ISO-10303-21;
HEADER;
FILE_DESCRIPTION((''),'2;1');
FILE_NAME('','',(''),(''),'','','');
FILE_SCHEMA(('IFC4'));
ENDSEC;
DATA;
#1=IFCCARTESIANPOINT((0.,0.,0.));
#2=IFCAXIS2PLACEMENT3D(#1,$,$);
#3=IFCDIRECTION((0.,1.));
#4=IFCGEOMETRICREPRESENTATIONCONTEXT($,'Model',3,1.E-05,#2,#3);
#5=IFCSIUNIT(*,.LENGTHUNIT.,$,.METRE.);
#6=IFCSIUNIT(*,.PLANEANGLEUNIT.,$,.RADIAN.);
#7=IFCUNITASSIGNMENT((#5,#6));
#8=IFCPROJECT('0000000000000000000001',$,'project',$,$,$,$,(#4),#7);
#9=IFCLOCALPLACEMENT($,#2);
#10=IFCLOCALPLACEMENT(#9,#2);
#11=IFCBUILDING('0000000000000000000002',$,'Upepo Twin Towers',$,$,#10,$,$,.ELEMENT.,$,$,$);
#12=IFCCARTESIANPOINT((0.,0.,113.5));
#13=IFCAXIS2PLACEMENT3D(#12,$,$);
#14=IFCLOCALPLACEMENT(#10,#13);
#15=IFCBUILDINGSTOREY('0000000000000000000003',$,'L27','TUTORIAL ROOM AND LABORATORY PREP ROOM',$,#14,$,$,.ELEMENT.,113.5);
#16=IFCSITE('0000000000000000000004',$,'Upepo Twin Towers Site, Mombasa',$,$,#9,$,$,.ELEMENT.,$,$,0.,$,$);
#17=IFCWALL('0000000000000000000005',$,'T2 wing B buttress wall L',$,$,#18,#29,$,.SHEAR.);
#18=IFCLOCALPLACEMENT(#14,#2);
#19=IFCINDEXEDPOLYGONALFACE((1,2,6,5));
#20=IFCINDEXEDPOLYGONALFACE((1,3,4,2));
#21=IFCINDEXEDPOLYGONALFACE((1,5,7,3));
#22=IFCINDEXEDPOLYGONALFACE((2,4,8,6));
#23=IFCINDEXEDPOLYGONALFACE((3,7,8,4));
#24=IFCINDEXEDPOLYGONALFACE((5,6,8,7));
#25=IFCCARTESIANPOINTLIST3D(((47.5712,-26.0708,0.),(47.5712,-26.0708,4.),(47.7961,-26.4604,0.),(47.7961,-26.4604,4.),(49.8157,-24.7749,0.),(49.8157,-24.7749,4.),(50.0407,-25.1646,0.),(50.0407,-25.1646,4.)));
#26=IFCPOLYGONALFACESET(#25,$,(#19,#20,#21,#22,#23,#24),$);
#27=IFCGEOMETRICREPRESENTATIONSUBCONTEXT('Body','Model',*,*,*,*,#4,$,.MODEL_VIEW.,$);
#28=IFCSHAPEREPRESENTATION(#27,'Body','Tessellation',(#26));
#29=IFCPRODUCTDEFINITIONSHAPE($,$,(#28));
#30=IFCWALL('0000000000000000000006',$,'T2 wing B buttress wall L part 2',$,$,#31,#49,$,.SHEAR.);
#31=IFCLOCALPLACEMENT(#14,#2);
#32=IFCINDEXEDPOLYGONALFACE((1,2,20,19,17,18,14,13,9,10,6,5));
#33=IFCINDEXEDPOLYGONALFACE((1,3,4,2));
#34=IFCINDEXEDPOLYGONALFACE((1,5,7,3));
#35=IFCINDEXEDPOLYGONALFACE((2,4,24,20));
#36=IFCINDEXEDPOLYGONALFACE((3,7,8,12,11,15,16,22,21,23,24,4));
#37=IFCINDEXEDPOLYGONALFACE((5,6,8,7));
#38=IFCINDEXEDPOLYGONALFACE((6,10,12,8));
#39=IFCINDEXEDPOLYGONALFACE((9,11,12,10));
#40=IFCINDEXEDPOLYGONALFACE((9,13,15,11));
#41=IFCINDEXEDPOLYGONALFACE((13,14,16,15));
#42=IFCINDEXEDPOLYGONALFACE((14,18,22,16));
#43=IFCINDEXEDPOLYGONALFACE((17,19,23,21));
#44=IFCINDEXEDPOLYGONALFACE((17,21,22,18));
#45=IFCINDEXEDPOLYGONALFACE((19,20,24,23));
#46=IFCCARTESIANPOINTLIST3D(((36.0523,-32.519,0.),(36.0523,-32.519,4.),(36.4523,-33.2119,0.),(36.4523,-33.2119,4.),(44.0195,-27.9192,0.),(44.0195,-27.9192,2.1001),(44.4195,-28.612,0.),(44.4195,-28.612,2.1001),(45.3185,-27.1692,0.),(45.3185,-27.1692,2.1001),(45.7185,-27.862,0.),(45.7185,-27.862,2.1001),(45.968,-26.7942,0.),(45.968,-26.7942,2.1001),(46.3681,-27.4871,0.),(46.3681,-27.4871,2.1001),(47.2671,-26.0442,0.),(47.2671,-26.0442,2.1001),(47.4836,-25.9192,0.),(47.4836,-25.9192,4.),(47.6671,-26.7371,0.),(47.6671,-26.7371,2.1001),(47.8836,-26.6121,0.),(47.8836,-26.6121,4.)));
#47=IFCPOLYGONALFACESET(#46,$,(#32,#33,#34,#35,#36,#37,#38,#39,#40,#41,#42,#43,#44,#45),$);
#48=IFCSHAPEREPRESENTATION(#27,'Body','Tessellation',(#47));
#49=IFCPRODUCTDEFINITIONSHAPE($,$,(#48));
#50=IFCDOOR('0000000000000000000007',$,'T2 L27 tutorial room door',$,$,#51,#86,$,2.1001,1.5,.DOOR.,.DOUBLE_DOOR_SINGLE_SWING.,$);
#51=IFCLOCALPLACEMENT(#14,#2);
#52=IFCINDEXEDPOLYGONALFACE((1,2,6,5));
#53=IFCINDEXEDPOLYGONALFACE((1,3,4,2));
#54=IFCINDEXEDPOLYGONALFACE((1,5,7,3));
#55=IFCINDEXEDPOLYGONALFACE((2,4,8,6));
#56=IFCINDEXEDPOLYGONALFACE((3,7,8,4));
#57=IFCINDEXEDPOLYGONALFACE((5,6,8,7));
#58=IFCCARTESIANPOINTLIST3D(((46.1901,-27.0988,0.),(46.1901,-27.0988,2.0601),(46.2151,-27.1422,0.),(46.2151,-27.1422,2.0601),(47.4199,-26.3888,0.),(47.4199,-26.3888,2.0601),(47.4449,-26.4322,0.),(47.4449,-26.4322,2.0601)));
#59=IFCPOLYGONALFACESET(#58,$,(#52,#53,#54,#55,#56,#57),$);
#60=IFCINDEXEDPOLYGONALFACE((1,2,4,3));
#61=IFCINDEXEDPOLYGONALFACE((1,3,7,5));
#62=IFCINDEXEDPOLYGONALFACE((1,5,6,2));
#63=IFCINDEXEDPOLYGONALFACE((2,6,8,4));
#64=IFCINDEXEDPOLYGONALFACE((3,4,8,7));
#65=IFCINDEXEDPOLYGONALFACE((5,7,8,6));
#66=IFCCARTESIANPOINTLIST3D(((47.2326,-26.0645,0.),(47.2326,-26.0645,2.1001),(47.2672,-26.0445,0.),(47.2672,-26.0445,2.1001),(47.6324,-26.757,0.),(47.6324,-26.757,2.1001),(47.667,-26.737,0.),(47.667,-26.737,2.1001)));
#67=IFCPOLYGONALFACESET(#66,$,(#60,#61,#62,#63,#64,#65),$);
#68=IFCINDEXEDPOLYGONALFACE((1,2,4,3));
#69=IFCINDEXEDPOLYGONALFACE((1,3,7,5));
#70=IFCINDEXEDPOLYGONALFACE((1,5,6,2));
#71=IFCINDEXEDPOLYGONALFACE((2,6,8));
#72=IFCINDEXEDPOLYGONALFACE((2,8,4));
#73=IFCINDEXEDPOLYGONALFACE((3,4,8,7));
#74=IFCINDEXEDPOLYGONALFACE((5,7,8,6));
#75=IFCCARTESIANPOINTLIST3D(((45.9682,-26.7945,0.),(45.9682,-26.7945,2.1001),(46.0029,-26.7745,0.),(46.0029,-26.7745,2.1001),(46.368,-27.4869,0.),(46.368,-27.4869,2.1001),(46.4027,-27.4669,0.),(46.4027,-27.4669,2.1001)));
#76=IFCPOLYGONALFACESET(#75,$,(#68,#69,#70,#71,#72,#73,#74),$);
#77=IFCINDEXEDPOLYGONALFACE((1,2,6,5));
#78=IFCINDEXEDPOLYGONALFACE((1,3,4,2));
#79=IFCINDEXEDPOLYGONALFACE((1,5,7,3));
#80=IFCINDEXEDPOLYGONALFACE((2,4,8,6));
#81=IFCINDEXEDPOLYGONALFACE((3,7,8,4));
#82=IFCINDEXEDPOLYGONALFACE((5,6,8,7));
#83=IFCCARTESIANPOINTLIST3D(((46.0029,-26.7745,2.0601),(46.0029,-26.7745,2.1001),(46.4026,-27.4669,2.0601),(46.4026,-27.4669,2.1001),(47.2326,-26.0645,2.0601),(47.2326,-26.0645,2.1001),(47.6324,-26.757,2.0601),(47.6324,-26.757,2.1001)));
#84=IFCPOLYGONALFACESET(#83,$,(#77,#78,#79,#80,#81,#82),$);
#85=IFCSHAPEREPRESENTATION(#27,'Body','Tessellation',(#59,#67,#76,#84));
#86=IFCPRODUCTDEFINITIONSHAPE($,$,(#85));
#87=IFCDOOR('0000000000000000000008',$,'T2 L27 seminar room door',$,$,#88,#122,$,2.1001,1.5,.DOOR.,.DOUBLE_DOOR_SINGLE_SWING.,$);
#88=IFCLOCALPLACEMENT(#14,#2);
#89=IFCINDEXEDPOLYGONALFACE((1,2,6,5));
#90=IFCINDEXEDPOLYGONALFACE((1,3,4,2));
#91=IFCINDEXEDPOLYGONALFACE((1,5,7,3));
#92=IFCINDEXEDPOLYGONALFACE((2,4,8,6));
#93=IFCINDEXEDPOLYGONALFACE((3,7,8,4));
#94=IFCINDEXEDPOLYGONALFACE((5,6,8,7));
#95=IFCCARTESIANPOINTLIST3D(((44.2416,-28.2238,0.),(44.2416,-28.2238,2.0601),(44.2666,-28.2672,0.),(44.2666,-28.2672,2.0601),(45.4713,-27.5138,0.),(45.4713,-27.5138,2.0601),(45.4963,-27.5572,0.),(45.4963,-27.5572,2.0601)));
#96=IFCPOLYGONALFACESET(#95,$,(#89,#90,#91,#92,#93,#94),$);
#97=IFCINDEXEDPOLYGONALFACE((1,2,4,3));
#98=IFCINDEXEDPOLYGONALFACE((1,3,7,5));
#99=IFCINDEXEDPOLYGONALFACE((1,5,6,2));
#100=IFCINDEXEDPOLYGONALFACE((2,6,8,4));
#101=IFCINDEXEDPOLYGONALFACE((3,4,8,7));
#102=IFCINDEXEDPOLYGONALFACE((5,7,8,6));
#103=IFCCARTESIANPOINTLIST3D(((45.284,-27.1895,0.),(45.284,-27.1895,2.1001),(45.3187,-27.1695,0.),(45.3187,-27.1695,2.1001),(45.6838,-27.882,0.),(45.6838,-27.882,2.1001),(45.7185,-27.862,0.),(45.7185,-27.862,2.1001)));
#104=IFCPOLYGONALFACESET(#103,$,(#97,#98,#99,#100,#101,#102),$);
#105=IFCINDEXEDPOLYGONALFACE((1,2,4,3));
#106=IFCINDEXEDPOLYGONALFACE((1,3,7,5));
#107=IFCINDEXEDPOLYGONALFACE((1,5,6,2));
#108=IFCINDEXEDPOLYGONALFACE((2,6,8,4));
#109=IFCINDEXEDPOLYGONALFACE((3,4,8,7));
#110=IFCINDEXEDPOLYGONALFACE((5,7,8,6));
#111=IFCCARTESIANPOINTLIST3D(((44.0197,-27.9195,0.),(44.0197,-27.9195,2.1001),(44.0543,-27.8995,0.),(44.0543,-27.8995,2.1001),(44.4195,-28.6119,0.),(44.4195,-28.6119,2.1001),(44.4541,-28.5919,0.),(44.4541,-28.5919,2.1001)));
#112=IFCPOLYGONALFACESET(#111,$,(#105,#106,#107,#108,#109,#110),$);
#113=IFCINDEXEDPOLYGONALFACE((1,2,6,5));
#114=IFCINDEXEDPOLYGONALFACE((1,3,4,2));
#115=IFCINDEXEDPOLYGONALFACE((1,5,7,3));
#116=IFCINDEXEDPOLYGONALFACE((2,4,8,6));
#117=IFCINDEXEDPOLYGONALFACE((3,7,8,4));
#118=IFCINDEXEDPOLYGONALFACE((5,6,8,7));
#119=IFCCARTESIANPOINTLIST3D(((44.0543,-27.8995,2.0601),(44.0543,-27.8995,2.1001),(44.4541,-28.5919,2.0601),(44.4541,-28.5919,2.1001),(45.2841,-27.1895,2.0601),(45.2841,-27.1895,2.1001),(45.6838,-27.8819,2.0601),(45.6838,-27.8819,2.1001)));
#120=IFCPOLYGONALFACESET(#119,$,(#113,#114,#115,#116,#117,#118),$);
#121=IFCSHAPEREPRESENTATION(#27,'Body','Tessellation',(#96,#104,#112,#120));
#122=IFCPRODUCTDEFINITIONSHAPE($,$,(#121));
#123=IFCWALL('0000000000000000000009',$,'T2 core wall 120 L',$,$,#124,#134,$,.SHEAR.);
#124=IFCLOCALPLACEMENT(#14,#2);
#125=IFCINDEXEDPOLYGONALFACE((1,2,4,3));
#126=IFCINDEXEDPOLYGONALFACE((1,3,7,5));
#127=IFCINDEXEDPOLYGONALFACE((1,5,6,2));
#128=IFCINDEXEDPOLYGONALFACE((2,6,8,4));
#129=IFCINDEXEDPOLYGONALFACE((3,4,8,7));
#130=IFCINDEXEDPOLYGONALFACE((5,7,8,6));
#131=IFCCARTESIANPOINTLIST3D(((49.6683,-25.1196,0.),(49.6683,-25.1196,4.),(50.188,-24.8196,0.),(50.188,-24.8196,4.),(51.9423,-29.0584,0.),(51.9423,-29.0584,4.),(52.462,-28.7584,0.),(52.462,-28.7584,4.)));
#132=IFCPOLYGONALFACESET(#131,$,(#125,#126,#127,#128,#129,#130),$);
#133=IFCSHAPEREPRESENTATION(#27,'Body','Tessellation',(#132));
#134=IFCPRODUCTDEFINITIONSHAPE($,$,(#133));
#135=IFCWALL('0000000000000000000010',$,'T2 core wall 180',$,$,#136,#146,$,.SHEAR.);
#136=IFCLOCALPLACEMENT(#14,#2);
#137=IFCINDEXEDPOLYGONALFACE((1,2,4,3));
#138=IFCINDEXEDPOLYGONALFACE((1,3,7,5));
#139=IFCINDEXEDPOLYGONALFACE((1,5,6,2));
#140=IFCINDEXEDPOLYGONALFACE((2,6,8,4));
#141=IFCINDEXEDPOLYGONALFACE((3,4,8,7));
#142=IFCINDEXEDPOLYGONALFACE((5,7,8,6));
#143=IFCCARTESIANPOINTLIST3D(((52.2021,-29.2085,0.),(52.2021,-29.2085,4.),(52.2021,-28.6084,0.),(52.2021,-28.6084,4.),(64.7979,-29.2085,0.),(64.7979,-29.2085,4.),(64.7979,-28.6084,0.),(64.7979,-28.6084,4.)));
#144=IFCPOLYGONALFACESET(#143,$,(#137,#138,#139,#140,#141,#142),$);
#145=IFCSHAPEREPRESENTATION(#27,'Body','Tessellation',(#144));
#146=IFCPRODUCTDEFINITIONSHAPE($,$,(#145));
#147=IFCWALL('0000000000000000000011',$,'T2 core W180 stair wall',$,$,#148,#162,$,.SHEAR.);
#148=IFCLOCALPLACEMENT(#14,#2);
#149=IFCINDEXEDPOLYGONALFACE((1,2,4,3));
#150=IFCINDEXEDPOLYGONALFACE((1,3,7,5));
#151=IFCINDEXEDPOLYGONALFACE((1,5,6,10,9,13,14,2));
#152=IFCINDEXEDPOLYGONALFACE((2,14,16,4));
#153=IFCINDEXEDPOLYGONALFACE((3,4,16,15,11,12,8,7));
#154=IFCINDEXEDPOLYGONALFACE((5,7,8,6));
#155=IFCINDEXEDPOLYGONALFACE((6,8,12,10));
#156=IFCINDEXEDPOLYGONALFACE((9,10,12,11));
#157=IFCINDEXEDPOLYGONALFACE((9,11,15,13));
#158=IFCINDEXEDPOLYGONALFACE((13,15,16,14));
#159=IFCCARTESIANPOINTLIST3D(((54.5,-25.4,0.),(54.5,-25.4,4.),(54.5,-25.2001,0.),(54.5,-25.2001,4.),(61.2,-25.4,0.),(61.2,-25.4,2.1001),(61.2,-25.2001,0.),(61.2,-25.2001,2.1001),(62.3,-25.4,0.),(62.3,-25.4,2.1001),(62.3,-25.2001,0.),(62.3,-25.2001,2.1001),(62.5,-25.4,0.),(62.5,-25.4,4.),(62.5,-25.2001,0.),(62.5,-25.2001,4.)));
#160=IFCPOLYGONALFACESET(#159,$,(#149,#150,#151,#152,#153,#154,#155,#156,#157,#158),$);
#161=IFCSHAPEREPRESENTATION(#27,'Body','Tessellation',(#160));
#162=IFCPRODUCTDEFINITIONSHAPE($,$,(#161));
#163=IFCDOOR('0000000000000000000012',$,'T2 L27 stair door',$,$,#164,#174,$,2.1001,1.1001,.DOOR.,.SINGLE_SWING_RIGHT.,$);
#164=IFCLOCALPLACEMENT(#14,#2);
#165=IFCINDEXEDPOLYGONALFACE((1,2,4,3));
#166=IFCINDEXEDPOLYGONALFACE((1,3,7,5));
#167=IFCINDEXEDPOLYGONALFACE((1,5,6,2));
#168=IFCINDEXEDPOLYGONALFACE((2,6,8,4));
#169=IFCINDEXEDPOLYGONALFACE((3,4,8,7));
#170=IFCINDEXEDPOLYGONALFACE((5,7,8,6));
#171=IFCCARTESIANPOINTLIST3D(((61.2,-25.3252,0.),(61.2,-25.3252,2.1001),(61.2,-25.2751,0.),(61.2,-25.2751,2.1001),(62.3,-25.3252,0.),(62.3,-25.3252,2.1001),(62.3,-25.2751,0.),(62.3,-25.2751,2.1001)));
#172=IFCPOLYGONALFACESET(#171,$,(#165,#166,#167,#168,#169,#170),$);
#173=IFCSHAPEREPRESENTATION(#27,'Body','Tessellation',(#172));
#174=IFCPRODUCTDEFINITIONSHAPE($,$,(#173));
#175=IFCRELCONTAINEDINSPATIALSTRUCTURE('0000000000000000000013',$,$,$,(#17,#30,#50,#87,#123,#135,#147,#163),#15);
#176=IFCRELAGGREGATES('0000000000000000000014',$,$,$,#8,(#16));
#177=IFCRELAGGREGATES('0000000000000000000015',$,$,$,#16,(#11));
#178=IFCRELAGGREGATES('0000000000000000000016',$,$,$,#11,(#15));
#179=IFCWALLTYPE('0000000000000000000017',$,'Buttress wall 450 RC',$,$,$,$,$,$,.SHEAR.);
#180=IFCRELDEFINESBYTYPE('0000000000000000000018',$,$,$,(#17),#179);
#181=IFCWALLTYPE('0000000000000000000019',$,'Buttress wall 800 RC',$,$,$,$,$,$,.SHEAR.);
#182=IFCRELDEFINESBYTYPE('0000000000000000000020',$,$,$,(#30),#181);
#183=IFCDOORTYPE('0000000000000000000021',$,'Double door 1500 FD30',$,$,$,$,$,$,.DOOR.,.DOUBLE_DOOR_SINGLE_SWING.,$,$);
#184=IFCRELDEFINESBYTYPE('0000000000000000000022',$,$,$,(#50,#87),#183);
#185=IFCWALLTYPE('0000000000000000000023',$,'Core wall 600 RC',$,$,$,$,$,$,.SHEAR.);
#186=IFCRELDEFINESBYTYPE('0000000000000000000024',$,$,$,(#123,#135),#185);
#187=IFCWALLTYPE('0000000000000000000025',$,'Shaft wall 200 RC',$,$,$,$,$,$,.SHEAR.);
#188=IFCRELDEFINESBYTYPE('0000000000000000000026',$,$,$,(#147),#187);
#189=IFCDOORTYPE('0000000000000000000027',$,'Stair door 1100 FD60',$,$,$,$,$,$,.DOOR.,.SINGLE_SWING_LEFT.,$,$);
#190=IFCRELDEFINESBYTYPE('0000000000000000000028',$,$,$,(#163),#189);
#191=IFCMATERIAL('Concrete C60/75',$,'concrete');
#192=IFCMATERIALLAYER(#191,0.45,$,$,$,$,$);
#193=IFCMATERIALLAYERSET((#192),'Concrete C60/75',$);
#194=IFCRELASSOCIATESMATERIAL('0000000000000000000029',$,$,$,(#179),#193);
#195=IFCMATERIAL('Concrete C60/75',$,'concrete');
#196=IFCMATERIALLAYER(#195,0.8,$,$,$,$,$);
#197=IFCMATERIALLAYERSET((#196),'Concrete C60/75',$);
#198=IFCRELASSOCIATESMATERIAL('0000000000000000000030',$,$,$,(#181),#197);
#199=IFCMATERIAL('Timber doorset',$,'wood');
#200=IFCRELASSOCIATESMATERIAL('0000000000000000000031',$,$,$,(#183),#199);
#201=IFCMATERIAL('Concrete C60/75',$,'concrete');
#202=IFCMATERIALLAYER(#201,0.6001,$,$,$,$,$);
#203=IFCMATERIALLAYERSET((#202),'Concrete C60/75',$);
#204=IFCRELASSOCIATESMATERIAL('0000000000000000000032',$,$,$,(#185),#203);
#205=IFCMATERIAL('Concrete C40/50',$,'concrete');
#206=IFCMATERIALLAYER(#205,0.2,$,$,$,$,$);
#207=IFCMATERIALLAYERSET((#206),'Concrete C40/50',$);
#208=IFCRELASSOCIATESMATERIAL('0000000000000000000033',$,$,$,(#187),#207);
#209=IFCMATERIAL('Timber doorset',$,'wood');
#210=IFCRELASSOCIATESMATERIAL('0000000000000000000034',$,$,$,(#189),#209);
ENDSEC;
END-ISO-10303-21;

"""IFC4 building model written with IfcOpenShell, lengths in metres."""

from ifc_helpers import new_model, si_unit, direction, frame, frame_2d, origin, place, context, subcontext, project, spatial, rectangle, extrude, material, layer, layer_set, type_object, element, fill, save


model = new_model("IFC4")

# Units and contexts
model_context = context("Model", 3, precision=1e-05, world=origin(), true_north=direction((0.0, 1.0)))
body_context = subcontext(model_context, "Body", "Model", "MODEL_VIEW")
ifc_project = project(units=[si_unit("LENGTHUNIT", "METRE"), si_unit("PLANEANGLEUNIT", "RADIAN")], contexts=[model_context])

# Site, building, storey
site_placement = place(None, origin())
site = spatial("IfcSite", under=ifc_project, at=site_placement, Name="Upepo Twin Towers Site, Mombasa", CompositionType="ELEMENT", RefElevation=0.0)
building_placement = place(site_placement, origin())
building = spatial("IfcBuilding", under=site, at=building_placement, Name="Upepo Twin Towers", CompositionType="ELEMENT")
storey_placement = place(building_placement, frame((0.0, 0.0, 113.5)))
storey = spatial("IfcBuildingStorey", under=building, at=storey_placement, Name="L27", Description="TUTORIAL ROOM AND LABORATORY PREP ROOM", CompositionType="ELEMENT", Elevation=113.5)

# Wall
ifc_material_1 = material(Name="Concrete C60/75", Category="concrete")
ifc_layer_1 = layer(ifc_material_1, 0.45)
ifc_layer_set_1 = layer_set([ifc_layer_1], Name="Concrete C60/75")
wall_type_1 = type_object("IfcWallType", Name="Buttress wall 450 RC", PredefinedType="SHEAR", material=ifc_layer_set_1)
wall_1_placement = place(storey_placement, frame((49.9282, -24.9697, 0.0), z_axis=(0.0, 0.0, 1.0), x_axis=(-0.866032, -0.499989, 0.0)))
element("IfcWall", 1, at=wall_1_placement, inside=storey, type_object=wall_type_1, Name="T2 wing B buttress wall L", PredefinedType="SHEAR", context=body_context, shape_type="SweptSolid", body=[
    extrude(rectangle(XDim=2.5918, YDim=0.45, at=frame_2d((1.2959, 0.0))), origin(), (0.0, 0.0, 1.0), 4.0),
])

# Wall, openings, doors
ifc_material_2 = material(Name="Concrete C60/75", Category="concrete")
ifc_layer_2 = layer(ifc_material_2, 0.8)
ifc_layer_set_2 = layer_set([ifc_layer_2], Name="Concrete C60/75")
wall_type_2 = type_object("IfcWallType", Name="Buttress wall 800 RC", PredefinedType="SHEAR", material=ifc_layer_set_2)
wall_2_placement = place(storey_placement, frame((47.6836, -26.2656, 0.0), z_axis=(0.0, 0.0, 1.0), x_axis=(-0.866028, -0.499996, 0.0)))
wall_2 = element("IfcWall", 2, at=wall_2_placement, inside=storey, type_object=wall_type_2, Name="T2 wing B buttress wall L part 2", PredefinedType="SHEAR", context=body_context, shape_type="SweptSolid", body=[
    extrude(rectangle(XDim=13.1997, YDim=0.8, at=frame_2d((6.5999, 0.0))), origin(), (0.0, 0.0, 1.0), 4.0),
])
opening_1_placement = place(wall_2_placement, frame((0.25, 0.0, 0.0)))
opening_1 = element("IfcOpeningElement", 3, at=opening_1_placement, cuts=wall_2, PredefinedType="OPENING", context=body_context, shape_type="SweptSolid", body=[
    extrude(rectangle(XDim=1.5, YDim=2.1001, at=frame_2d((0.75, 1.05))), frame((0.0, 0.4099, 0.0), z_axis=(0.0, -1.0, 0.0), x_axis=(1.0, 0.0, 0.0)), (0.0, 0.0, 1.0), 0.8201),
])
opening_2_placement = place(wall_2_placement, frame((2.5, 0.0, 0.0)))
opening_2 = element("IfcOpeningElement", 4, at=opening_2_placement, cuts=wall_2, PredefinedType="OPENING", context=body_context, shape_type="SweptSolid", body=[
    extrude(rectangle(XDim=1.5, YDim=2.1001, at=frame_2d((0.75, 1.05))), frame((0.0, 0.4099, 0.0), z_axis=(0.0, -1.0, 0.0), x_axis=(1.0, 0.0, 0.0)), (0.0, 0.0, 1.0), 0.8201),
])
ifc_material_3 = material(Name="Timber doorset", Category="wood")
door_type_1 = type_object("IfcDoorType", Name="Double door 1500 FD30", OperationType="DOUBLE_DOOR_SINGLE_SWING", PredefinedType="DOOR", material=ifc_material_3)
door_1_placement = place(opening_1_placement, origin())
door_1 = element("IfcDoor", 5, at=door_1_placement, inside=storey, type_object=door_type_1, Name="T2 L27 tutorial room door", OperationType="DOUBLE_DOOR_SINGLE_SWING", OverallHeight=2.1001, OverallWidth=1.5, PredefinedType="DOOR", context=body_context, shape_type="SweptSolid", body=[
    extrude(rectangle(XDim=1.42, YDim=2.0601, at=frame_2d((0.75, 1.03))), frame((0.0, 0.0249, 0.0), z_axis=(0.0, -1.0, 0.0), x_axis=(1.0, 0.0, 0.0)), (0.0, 0.0, 1.0), 0.05),
    extrude(rectangle(XDim=0.04, YDim=2.1001, at=frame_2d((0.02, 1.05))), frame((0.0, 0.3999, 0.0), z_axis=(0.0, -1.0, 0.0), x_axis=(1.0, 0.0, 0.0)), (0.0, 0.0, 1.0), 0.7996),
    extrude(rectangle(XDim=0.04, YDim=2.1001, at=frame_2d((1.48, 1.05))), frame((0.0, 0.3999, 0.0), z_axis=(0.0, -1.0, 0.0), x_axis=(1.0, 0.0, 0.0)), (0.0, 0.0, 1.0), 0.7996),
    extrude(rectangle(XDim=1.42, YDim=0.04, at=frame_2d((0.75, 2.0801))), frame((0.0, 0.3999, 0.0), z_axis=(0.0, -1.0, 0.0), x_axis=(1.0, 0.0, 0.0)), (0.0, 0.0, 1.0), 0.7996),
])
fill(opening_1, door_1)
door_2_placement = place(opening_2_placement, origin())
door_2 = element("IfcDoor", 6, at=door_2_placement, inside=storey, type_object=door_type_1, Name="T2 L27 seminar room door", OperationType="DOUBLE_DOOR_SINGLE_SWING", OverallHeight=2.1001, OverallWidth=1.5, PredefinedType="DOOR", context=body_context, shape_type="SweptSolid", body=[
    extrude(rectangle(XDim=1.42, YDim=2.0601, at=frame_2d((0.75, 1.03))), frame((0.0, 0.0249, 0.0), z_axis=(0.0, -1.0, 0.0), x_axis=(1.0, 0.0, 0.0)), (0.0, 0.0, 1.0), 0.05),
    extrude(rectangle(XDim=0.04, YDim=2.1001, at=frame_2d((0.02, 1.05))), frame((0.0, 0.3999, 0.0), z_axis=(0.0, -1.0, 0.0), x_axis=(1.0, 0.0, 0.0)), (0.0, 0.0, 1.0), 0.7996),
    extrude(rectangle(XDim=0.04, YDim=2.1001, at=frame_2d((1.48, 1.05))), frame((0.0, 0.3999, 0.0), z_axis=(0.0, -1.0, 0.0), x_axis=(1.0, 0.0, 0.0)), (0.0, 0.0, 1.0), 0.7996),
    extrude(rectangle(XDim=1.42, YDim=0.04, at=frame_2d((0.75, 2.0801))), frame((0.0, 0.3999, 0.0), z_axis=(0.0, -1.0, 0.0), x_axis=(1.0, 0.0, 0.0)), (0.0, 0.0, 1.0), 0.7996),
])
fill(opening_2, door_2)

# Walls
ifc_material_4 = material(Name="Concrete C60/75", Category="concrete")
ifc_layer_3 = layer(ifc_material_4, 0.6001)
ifc_layer_set_3 = layer_set([ifc_layer_3], Name="Concrete C60/75")
wall_type_3 = type_object("IfcWallType", Name="Core wall 600 RC", PredefinedType="SHEAR", material=ifc_layer_set_3)
wall_3_placement = place(storey_placement, frame((49.9282, -24.9697, 0.0), z_axis=(0.0, 0.0, 1.0), x_axis=(0.499984, -0.866035, 0.0)))
element("IfcWall", 7, at=wall_3_placement, inside=storey, type_object=wall_type_3, Name="T2 core wall 120 L", PredefinedType="SHEAR", context=body_context, shape_type="SweptSolid", body=[
    extrude(rectangle(XDim=4.5481, YDim=0.6001, at=frame_2d((2.2739, 0.0))), origin(), (0.0, 0.0, 1.0), 4.0),
])
wall_4_placement = place(storey_placement, frame((52.2021, -28.9084, 0.0), z_axis=(0.0, 0.0, 1.0), x_axis=(1.0, 0.0, 0.0)))
element("IfcWall", 8, at=wall_4_placement, inside=storey, type_object=wall_type_3, Name="T2 core wall 180", PredefinedType="SHEAR", context=body_context, shape_type="SweptSolid", body=[
    extrude(rectangle(XDim=12.5957, YDim=0.6001, at=frame_2d((6.2979, 0.0))), origin(), (0.0, 0.0, 1.0), 4.0),
])

# Wall, opening, door
ifc_material_5 = material(Name="Concrete C40/50", Category="concrete")
ifc_layer_4 = layer(ifc_material_5, 0.2)
ifc_layer_set_4 = layer_set([ifc_layer_4], Name="Concrete C40/50")
wall_type_4 = type_object("IfcWallType", Name="Shaft wall 200 RC", PredefinedType="SHEAR", material=ifc_layer_set_4)
wall_5_placement = place(storey_placement, frame((54.5, -25.3, 0.0), z_axis=(0.0, 0.0, 1.0), x_axis=(1.0, 0.0, 0.0)))
wall_5 = element("IfcWall", 9, at=wall_5_placement, inside=storey, type_object=wall_type_4, Name="T2 core W180 stair wall", PredefinedType="SHEAR", context=body_context, shape_type="SweptSolid", body=[
    extrude(rectangle(XDim=8.0, YDim=0.2, at=frame_2d((4.0, 0.0))), origin(), (0.0, 0.0, 1.0), 4.0),
])
opening_3_placement = place(wall_5_placement, frame((6.7, 0.0, 0.0)))
opening_3 = element("IfcOpeningElement", 10, at=opening_3_placement, cuts=wall_5, PredefinedType="OPENING", context=body_context, shape_type="SweptSolid", body=[
    extrude(rectangle(XDim=1.1001, YDim=2.1001, at=frame_2d((0.55, 1.05))), frame((0.0, 0.1099, 0.0), z_axis=(0.0, -1.0, 0.0), x_axis=(1.0, 0.0, 0.0)), (0.0, 0.0, 1.0), 0.22),
])
ifc_material_6 = material(Name="Timber doorset", Category="wood")
door_type_2 = type_object("IfcDoorType", Name="Stair door 1100 FD60", OperationType="SINGLE_SWING_LEFT", PredefinedType="DOOR", material=ifc_material_6)
door_3_placement = place(opening_3_placement, origin())
door_3 = element("IfcDoor", 11, at=door_3_placement, inside=storey, type_object=door_type_2, Name="T2 L27 stair door", OperationType="SINGLE_SWING_RIGHT", OverallHeight=2.1001, OverallWidth=1.1001, PredefinedType="DOOR", context=body_context, shape_type="SweptSolid", body=[
    extrude(rectangle(XDim=1.1001, YDim=2.1001, at=frame_2d((0.55, 1.05))), frame((0.0, 0.0249, 0.0), z_axis=(0.0, -1.0, 0.0), x_axis=(1.0, 0.0, 0.0)), (0.0, 0.0, 1.0), 0.05),
])
fill(opening_3, door_3)

save(model, "model.ifc")
